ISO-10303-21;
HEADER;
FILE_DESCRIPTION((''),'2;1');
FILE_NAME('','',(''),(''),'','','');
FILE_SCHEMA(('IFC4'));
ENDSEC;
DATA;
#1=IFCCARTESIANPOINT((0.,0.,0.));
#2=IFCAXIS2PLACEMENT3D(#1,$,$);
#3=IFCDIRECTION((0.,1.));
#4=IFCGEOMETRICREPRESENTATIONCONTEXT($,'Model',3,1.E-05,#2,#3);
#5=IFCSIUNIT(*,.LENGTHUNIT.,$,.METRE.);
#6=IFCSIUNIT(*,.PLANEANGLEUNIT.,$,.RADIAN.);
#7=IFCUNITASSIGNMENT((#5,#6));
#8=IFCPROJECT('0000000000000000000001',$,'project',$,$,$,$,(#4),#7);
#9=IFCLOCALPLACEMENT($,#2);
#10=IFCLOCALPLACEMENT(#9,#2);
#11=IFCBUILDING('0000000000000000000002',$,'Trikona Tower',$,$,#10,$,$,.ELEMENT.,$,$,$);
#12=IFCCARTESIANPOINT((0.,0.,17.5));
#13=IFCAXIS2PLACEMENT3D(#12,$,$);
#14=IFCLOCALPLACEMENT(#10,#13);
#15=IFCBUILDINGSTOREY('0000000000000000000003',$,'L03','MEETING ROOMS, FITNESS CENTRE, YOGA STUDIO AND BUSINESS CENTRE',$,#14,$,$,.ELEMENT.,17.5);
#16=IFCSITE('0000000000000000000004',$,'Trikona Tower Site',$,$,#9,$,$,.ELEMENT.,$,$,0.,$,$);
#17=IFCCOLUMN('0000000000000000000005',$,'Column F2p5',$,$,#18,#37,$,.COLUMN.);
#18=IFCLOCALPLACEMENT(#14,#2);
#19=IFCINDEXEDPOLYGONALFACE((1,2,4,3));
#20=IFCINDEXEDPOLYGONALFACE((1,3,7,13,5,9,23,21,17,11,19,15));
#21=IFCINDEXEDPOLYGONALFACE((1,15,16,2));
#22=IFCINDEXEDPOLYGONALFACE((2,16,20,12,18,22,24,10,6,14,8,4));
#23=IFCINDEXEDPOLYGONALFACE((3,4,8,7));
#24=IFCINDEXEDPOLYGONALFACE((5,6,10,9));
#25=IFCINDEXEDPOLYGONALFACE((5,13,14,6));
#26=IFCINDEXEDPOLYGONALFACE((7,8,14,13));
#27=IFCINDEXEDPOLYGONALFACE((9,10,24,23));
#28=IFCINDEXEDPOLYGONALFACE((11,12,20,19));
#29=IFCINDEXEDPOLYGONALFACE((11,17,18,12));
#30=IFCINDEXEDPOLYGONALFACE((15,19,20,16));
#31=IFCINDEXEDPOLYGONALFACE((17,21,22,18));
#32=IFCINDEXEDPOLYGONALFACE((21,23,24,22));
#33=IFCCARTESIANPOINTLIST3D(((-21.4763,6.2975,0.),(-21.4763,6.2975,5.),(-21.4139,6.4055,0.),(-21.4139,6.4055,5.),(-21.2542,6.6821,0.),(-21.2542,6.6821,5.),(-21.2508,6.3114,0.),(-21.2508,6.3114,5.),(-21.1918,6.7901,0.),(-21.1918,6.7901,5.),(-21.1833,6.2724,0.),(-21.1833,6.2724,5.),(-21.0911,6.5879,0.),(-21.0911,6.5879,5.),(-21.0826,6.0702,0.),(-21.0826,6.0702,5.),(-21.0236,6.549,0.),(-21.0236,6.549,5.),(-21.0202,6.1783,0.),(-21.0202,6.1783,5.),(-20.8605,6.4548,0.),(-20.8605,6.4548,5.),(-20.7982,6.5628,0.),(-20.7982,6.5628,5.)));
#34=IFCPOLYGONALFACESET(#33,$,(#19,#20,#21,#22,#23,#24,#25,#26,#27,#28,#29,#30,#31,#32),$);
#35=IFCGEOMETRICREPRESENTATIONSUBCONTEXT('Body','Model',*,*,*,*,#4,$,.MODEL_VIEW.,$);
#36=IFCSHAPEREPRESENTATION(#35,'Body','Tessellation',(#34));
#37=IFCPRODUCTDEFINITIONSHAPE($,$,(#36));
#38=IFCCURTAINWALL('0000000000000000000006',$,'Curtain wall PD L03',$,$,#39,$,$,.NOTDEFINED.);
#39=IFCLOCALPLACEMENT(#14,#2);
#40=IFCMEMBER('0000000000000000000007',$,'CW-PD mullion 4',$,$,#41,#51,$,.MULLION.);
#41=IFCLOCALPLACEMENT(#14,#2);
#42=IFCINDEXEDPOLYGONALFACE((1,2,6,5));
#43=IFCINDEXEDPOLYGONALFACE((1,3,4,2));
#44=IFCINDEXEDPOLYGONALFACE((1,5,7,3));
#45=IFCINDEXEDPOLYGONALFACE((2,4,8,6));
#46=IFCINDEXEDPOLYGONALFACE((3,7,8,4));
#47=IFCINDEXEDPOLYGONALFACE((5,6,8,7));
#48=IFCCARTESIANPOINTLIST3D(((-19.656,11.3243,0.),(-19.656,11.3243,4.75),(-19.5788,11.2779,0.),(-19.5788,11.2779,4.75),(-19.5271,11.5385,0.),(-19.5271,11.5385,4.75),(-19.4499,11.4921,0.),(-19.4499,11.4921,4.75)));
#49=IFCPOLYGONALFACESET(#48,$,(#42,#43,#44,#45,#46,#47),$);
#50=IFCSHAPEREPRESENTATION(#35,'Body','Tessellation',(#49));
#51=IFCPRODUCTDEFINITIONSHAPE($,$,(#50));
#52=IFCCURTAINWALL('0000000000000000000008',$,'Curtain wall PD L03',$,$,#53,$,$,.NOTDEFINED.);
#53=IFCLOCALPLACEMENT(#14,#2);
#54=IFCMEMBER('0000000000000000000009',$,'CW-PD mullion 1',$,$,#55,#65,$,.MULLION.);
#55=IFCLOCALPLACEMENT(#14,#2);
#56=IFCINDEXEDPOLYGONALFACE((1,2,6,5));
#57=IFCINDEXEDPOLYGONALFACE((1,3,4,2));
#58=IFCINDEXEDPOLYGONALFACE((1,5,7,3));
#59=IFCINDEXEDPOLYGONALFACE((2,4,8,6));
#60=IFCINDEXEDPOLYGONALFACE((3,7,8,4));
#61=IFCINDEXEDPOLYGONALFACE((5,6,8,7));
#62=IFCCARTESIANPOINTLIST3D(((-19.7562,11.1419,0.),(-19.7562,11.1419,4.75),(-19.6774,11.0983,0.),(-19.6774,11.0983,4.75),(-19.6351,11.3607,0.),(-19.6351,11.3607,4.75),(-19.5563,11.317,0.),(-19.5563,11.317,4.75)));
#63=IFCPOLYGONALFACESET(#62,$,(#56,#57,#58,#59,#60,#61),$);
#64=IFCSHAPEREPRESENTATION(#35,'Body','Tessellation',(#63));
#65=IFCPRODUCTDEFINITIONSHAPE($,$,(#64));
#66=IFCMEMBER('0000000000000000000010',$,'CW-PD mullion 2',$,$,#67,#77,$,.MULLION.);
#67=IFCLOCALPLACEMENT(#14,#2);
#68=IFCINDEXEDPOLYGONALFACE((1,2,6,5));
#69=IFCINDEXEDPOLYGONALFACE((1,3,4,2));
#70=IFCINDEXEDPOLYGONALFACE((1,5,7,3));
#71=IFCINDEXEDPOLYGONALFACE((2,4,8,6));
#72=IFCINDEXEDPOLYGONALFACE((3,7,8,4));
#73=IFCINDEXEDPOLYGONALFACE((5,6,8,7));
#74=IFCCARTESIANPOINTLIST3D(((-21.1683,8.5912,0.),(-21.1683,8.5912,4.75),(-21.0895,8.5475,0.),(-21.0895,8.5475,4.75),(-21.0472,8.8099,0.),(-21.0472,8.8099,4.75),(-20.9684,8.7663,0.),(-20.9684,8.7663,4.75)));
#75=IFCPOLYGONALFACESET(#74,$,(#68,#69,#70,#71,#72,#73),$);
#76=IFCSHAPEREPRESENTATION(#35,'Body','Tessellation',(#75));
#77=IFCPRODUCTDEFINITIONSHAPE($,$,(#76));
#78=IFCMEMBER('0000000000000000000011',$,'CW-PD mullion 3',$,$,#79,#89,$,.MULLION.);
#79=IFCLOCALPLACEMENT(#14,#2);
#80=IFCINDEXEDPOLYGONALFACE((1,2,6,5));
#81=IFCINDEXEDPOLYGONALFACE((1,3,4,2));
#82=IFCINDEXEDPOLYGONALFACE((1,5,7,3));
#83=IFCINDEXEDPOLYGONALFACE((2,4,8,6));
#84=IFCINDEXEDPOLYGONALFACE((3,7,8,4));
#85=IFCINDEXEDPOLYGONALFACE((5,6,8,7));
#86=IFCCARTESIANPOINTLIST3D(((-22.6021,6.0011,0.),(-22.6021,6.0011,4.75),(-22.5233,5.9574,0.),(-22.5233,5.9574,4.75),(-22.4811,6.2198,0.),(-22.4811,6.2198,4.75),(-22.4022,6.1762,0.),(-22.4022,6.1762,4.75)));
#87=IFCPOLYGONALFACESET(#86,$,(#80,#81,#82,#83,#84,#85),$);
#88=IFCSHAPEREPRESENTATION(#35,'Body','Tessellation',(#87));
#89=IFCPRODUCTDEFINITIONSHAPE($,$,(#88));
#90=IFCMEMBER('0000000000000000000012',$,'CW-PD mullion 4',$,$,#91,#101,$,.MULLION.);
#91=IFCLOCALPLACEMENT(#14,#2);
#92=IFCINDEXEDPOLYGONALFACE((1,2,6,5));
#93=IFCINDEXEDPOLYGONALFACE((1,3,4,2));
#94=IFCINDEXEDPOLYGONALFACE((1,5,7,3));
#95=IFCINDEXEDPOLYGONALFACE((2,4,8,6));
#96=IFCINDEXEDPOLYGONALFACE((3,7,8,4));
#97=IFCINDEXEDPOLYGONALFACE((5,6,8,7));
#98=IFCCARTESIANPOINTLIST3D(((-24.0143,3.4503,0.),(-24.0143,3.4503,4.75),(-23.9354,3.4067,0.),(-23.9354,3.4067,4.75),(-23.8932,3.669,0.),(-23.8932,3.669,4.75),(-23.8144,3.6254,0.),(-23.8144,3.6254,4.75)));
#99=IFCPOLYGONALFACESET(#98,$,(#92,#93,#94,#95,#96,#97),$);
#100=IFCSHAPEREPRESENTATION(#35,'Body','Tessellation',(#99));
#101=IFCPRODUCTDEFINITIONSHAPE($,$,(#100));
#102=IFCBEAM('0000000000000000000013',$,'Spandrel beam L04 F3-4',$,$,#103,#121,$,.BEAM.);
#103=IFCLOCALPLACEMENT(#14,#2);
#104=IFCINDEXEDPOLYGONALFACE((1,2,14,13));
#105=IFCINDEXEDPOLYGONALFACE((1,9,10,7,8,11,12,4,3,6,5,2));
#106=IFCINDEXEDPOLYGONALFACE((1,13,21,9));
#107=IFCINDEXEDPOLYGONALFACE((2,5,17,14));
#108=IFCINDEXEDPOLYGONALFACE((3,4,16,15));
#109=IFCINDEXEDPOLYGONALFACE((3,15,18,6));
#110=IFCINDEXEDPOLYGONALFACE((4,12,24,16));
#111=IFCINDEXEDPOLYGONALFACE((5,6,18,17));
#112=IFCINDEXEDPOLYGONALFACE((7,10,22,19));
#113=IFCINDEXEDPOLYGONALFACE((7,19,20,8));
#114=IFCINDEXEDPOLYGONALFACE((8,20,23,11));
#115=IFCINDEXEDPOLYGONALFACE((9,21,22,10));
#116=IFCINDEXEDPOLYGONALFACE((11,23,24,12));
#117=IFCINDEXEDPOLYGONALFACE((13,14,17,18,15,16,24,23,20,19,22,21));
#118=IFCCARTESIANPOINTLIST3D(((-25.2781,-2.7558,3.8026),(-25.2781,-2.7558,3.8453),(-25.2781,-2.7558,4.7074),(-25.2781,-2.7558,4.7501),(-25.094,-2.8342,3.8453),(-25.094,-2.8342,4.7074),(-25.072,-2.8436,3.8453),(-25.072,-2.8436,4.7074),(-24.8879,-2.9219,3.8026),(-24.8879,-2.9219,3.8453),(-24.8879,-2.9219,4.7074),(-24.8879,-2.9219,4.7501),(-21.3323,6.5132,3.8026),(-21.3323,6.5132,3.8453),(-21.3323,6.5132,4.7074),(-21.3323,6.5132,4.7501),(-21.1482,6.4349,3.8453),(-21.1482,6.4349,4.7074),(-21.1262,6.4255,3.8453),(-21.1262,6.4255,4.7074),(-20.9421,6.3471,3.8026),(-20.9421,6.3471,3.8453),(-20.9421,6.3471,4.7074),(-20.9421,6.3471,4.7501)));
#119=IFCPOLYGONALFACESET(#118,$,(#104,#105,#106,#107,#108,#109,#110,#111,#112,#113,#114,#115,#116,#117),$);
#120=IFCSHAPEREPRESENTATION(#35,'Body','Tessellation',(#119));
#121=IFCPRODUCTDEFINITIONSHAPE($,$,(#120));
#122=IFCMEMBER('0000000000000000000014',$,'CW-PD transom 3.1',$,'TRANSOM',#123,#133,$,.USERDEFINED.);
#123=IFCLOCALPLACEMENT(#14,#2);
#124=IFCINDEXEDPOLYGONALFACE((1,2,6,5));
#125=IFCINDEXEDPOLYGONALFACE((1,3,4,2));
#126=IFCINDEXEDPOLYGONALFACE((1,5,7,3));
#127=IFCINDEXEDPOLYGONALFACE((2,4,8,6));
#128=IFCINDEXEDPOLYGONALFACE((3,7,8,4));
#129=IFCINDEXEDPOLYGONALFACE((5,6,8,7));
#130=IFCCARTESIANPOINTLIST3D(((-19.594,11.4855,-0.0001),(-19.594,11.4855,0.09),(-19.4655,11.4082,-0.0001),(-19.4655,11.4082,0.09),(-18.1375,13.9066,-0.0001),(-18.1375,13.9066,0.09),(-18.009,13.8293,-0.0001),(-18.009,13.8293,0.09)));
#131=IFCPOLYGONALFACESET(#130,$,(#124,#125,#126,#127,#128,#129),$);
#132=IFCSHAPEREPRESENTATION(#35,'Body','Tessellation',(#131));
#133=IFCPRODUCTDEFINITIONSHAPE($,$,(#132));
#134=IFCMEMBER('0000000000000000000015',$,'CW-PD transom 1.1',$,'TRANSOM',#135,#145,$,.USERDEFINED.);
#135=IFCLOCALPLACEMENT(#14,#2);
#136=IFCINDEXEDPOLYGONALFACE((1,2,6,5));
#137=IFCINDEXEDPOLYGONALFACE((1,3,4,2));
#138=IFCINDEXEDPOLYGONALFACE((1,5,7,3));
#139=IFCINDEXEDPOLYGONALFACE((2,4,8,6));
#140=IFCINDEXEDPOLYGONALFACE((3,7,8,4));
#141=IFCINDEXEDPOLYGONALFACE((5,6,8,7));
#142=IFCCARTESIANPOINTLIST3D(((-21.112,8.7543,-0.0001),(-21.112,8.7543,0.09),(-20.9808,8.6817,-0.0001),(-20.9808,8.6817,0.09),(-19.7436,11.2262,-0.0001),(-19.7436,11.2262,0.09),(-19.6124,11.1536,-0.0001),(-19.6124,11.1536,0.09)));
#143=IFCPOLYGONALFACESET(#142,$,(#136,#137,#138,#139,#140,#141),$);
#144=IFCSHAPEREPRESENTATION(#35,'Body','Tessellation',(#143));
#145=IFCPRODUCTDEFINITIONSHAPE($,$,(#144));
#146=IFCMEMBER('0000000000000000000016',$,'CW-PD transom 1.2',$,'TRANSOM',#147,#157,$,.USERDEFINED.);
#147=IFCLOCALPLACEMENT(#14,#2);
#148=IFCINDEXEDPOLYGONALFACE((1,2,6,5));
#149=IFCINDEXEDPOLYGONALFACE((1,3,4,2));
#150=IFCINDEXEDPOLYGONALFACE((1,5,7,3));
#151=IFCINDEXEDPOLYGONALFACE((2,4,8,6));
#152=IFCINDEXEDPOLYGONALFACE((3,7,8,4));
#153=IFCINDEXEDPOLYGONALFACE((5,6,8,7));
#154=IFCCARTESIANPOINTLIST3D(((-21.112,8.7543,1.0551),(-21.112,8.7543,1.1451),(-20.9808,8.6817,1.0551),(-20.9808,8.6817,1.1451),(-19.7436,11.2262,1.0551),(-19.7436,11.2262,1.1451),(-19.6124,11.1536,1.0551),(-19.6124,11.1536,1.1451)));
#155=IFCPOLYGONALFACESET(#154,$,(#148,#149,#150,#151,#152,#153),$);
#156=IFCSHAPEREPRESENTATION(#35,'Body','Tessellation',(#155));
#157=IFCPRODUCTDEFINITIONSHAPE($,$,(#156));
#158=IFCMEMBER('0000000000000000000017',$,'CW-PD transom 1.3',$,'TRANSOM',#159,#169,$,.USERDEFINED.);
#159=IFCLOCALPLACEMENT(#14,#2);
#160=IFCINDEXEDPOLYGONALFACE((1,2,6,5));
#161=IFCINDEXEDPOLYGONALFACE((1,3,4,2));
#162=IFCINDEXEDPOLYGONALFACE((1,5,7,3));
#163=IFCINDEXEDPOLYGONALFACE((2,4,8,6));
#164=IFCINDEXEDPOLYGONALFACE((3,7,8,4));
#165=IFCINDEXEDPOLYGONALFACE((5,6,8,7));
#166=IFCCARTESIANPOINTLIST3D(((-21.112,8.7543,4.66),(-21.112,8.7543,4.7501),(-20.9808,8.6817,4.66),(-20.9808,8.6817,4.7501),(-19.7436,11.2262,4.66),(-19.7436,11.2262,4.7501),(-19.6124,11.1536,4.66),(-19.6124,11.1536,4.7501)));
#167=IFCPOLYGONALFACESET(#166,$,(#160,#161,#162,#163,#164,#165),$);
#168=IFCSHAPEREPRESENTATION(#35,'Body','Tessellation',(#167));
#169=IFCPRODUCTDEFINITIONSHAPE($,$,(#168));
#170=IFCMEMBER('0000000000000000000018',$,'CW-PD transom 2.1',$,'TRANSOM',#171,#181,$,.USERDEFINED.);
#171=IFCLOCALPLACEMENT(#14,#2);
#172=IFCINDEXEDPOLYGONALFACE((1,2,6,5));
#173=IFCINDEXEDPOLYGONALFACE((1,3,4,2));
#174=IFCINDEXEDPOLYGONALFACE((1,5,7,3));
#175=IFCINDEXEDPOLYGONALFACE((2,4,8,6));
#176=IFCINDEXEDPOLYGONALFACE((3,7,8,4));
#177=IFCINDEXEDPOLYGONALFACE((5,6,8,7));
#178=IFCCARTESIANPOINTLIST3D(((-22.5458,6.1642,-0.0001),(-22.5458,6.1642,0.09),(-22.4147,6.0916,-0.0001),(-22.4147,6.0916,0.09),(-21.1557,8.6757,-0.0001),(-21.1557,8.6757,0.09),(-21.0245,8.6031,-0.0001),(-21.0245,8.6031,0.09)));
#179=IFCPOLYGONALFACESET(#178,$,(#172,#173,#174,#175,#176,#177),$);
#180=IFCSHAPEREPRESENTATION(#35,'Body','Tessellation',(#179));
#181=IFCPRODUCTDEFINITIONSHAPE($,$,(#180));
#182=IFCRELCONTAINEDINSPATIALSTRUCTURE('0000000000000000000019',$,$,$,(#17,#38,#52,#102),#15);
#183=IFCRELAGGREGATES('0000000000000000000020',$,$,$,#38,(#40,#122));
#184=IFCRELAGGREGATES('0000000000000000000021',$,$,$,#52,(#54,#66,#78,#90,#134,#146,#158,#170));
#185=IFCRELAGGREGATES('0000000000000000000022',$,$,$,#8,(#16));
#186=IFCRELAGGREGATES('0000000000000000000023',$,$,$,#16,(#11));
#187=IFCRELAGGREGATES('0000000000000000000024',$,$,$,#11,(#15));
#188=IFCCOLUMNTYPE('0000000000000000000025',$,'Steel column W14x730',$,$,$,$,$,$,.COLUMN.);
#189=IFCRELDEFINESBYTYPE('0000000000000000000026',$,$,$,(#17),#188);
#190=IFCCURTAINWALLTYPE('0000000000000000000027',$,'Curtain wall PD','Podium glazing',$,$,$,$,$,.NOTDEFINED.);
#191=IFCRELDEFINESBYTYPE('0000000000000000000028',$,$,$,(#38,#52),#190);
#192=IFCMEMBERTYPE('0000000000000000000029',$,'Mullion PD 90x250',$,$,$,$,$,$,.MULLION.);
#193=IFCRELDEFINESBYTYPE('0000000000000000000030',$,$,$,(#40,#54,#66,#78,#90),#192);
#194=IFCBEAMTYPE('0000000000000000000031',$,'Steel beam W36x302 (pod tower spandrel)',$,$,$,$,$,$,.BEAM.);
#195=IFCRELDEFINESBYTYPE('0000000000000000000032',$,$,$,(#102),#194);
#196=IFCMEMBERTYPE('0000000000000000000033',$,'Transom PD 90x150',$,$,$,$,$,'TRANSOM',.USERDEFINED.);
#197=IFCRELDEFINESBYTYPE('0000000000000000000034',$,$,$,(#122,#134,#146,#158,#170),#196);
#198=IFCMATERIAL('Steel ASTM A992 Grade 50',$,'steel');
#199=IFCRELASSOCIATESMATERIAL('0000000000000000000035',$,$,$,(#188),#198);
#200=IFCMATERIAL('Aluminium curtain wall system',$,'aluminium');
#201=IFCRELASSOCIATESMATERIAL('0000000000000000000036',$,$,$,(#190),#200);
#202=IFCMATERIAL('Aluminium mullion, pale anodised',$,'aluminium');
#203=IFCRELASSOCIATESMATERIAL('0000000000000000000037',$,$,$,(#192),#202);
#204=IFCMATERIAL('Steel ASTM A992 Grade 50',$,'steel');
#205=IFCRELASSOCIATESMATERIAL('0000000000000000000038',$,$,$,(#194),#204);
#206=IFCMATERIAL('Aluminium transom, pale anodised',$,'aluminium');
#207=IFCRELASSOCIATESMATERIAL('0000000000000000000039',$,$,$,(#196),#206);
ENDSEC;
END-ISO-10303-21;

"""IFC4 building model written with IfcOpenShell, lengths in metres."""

from ifc_helpers import new_model, si_unit, direction, frame, origin, origin_2d, place, context, subcontext, project, spatial, rectangle, i_section, extrude, material, material_profile, profile_set, type_object, element, aggregate, save


model = new_model("IFC4")

# Units and contexts
model_context = context("Model", 3, precision=1e-05, world=origin(), true_north=direction((0.0, 1.0)))
body_context = subcontext(model_context, "Body", "Model", "MODEL_VIEW")
ifc_project = project(units=[si_unit("LENGTHUNIT", "METRE"), si_unit("PLANEANGLEUNIT", "RADIAN")], contexts=[model_context])

# Site, building, storey
site_placement = place(None, origin())
site = spatial("IfcSite", under=ifc_project, at=site_placement, Name="Trikona Tower Site", CompositionType="ELEMENT", RefElevation=0.0)
building_placement = place(site_placement, origin())
building = spatial("IfcBuilding", under=site, at=building_placement, Name="Trikona Tower", CompositionType="ELEMENT")
storey_placement = place(building_placement, frame((0.0, 0.0, 17.5)))
storey = spatial("IfcBuildingStorey", under=building, at=storey_placement, Name="L03", Description="MEETING ROOMS, FITNESS CENTRE, YOGA STUDIO AND BUSINESS CENTRE", CompositionType="ELEMENT", Elevation=17.5)

# Column
ifc_material_1 = material(Name="Steel ASTM A992 Grade 50", Category="steel")
ifc_material_profile_1 = material_profile(ifc_material_1, i_section(OverallWidth=0.4546, OverallDepth=0.5688, WebThickness=0.0779, FlangeThickness=0.1248, at=origin_2d()), Name="W14X730")
ifc_profile_set_1 = profile_set([ifc_material_profile_1], Name="Steel ASTM A992 Grade 50")
column_type = type_object("IfcColumnType", Name="Steel column W14x730", PredefinedType="COLUMN", material=ifc_profile_set_1)
column_placement = place(storey_placement, frame((-21.1372, 6.4302, 0.0), z_axis=(0.0, 0.0, 1.0), x_axis=(-0.866025, 0.5, 0.0)))
element("IfcColumn", 1, at=column_placement, inside=storey, type_object=column_type, Name="Column F2p5", PredefinedType="COLUMN", context=body_context, shape_type="SweptSolid", body=[
    extrude(i_section(OverallWidth=0.4546, OverallDepth=0.5688, WebThickness=0.0779, FlangeThickness=0.1248, at=origin_2d()), origin(), (0.0, 0.0, 1.0), 5.0),
])

# Curtain wall, member
ifc_material_2 = material(Name="Aluminium curtain wall system", Category="aluminium")
curtain_wall_type = type_object("IfcCurtainWallType", Name="Curtain wall PD", Description="Podium glazing", PredefinedType="NOTDEFINED", material=ifc_material_2)
curtain_wall_1_placement = place(storey_placement, origin())
curtain_wall_1 = element("IfcCurtainWall", 2, at=curtain_wall_1_placement, inside=storey, type_object=curtain_wall_type, Name="Curtain wall PD L03", PredefinedType="NOTDEFINED")
ifc_material_3 = material(Name="Aluminium mullion, pale anodised", Category="aluminium")
ifc_material_profile_2 = material_profile(ifc_material_3, rectangle(XDim=0.0901, YDim=0.25, at=origin_2d()), Name="MUL-PD")
ifc_profile_set_2 = profile_set([ifc_material_profile_2], Name="Aluminium mullion, pale anodised")
member_type_1 = type_object("IfcMemberType", Name="Mullion PD 90x250", PredefinedType="MULLION", material=ifc_profile_set_2)
member_1_placement = place(storey_placement, frame((-19.553, 11.4082, 0.0), z_axis=(0.0, 0.0, 1.0), x_axis=(0.85688, -0.515515, 0.0)))
member_1 = element("IfcMember", 3, at=member_1_placement, type_object=member_type_1, Name="CW-PD mullion 4", PredefinedType="MULLION", context=body_context, shape_type="SweptSolid", body=[
    extrude(rectangle(XDim=0.0901, YDim=0.25, at=origin_2d()), origin(), (0.0, 0.0, 1.0), 4.75),
])

# Curtain wall, members
curtain_wall_2_placement = place(storey_placement, origin())
curtain_wall_2 = element("IfcCurtainWall", 4, at=curtain_wall_2_placement, inside=storey, type_object=curtain_wall_type, Name="Curtain wall PD L03", PredefinedType="NOTDEFINED")
member_2_placement = place(storey_placement, frame((-19.6562, 11.2295, 0.0), z_axis=(0.0, 0.0, 1.0), x_axis=(0.874884, -0.484332, 0.0)))
member_2 = element("IfcMember", 5, at=member_2_placement, type_object=member_type_1, Name="CW-PD mullion 1", PredefinedType="MULLION", context=body_context, shape_type="SweptSolid", body=[
    extrude(rectangle(XDim=0.0901, YDim=0.25, at=origin_2d()), origin(), (0.0, 0.0, 1.0), 4.75),
])
member_3_placement = place(storey_placement, frame((-21.0684, 8.6787, 0.0), z_axis=(0.0, 0.0, 1.0), x_axis=(0.874884, -0.484332, 0.0)))
member_3 = element("IfcMember", 6, at=member_3_placement, type_object=member_type_1, Name="CW-PD mullion 2", PredefinedType="MULLION", context=body_context, shape_type="SweptSolid", body=[
    extrude(rectangle(XDim=0.0901, YDim=0.25, at=origin_2d()), origin(), (0.0, 0.0, 1.0), 4.75),
])
member_4_placement = place(storey_placement, frame((-22.5022, 6.0886, 0.0), z_axis=(0.0, 0.0, 1.0), x_axis=(0.874884, -0.484332, 0.0)))
member_4 = element("IfcMember", 7, at=member_4_placement, type_object=member_type_1, Name="CW-PD mullion 3", PredefinedType="MULLION", context=body_context, shape_type="SweptSolid", body=[
    extrude(rectangle(XDim=0.0901, YDim=0.25, at=origin_2d()), origin(), (0.0, 0.0, 1.0), 4.75),
])
member_5_placement = place(storey_placement, frame((-23.9143, 3.5378, 0.0), z_axis=(0.0, 0.0, 1.0), x_axis=(0.874884, -0.484332, 0.0)))
member_5 = element("IfcMember", 8, at=member_5_placement, type_object=member_type_1, Name="CW-PD mullion 4", PredefinedType="MULLION", context=body_context, shape_type="SweptSolid", body=[
    extrude(rectangle(XDim=0.0901, YDim=0.25, at=origin_2d()), origin(), (0.0, 0.0, 1.0), 4.75),
])

# Beam
ifc_material_4 = material(Name="Steel ASTM A992 Grade 50", Category="steel")
ifc_material_profile_3 = material_profile(ifc_material_4, i_section(OverallWidth=0.4241, OverallDepth=0.9475, WebThickness=0.0239, FlangeThickness=0.0427, at=origin_2d()), Name="W36X302")
ifc_profile_set_3 = profile_set([ifc_material_profile_3], Name="Steel ASTM A992 Grade 50")
beam_type = type_object("IfcBeamType", Name="Steel beam W36x302 (pod tower spandrel)", PredefinedType="BEAM", material=ifc_profile_set_3)
beam_placement = place(storey_placement, frame((-21.1372, 6.4302, 4.2764), z_axis=(-0.391684, -0.9201, 0.0), x_axis=(0.9201, -0.391684, 0.0)))
element("IfcBeam", 9, at=beam_placement, inside=storey, type_object=beam_type, Name="Spandrel beam L04 F3-4", PredefinedType="BEAM", context=body_context, shape_type="SweptSolid", body=[
    extrude(i_section(OverallWidth=0.4241, OverallDepth=0.9475, WebThickness=0.0239, FlangeThickness=0.0427, at=origin_2d()), origin(), (0.0, 0.0, 1.0), 10.074),
])

# Members
ifc_material_5 = material(Name="Aluminium transom, pale anodised", Category="aluminium")
ifc_material_profile_4 = material_profile(ifc_material_5, rectangle(XDim=0.1499, YDim=0.0901, at=origin_2d()), Name="TRN-PD")
ifc_profile_set_4 = profile_set([ifc_material_profile_4], Name="Aluminium transom, pale anodised")
member_type_2 = type_object("IfcMemberType", Name="Transom PD 90x150", ElementType="TRANSOM", PredefinedType="USERDEFINED", material=ifc_profile_set_4)
member_6_placement = place(storey_placement, frame((-18.0732, 13.8679, 0.0449), z_axis=(-0.515499, -0.85689, 0.0), x_axis=(0.85689, -0.515499, 0.0)))
member_6 = element("IfcMember", 10, at=member_6_placement, type_object=member_type_2, Name="CW-PD transom 3.1", ObjectType="TRANSOM", PredefinedType="USERDEFINED", context=body_context, shape_type="SweptSolid", body=[
    extrude(rectangle(XDim=0.1499, YDim=0.0901, at=origin_2d()), origin(), (0.0, 0.0, 1.0), 2.8254),
])
member_7_placement = place(storey_placement, frame((-19.678, 11.1899, 0.0449), z_axis=(-0.484322, -0.87489, 0.0), x_axis=(0.87489, -0.484322, 0.0)))
member_7 = element("IfcMember", 11, at=member_7_placement, type_object=member_type_2, Name="CW-PD transom 1.1", ObjectType="TRANSOM", PredefinedType="USERDEFINED", context=body_context, shape_type="SweptSolid", body=[
    extrude(rectangle(XDim=0.1499, YDim=0.0901, at=origin_2d()), origin(), (0.0, 0.0, 1.0), 2.8254),
])
member_8_placement = place(storey_placement, frame((-19.678, 11.1899, 1.1001), z_axis=(-0.484322, -0.87489, 0.0), x_axis=(0.87489, -0.484322, 0.0)))
member_8 = element("IfcMember", 12, at=member_8_placement, type_object=member_type_2, Name="CW-PD transom 1.2", ObjectType="TRANSOM", PredefinedType="USERDEFINED", context=body_context, shape_type="SweptSolid", body=[
    extrude(rectangle(XDim=0.1499, YDim=0.0901, at=origin_2d()), origin(), (0.0, 0.0, 1.0), 2.8254),
])
member_9_placement = place(storey_placement, frame((-19.678, 11.1899, 4.7051), z_axis=(-0.484322, -0.87489, 0.0), x_axis=(0.87489, -0.484322, 0.0)))
member_9 = element("IfcMember", 13, at=member_9_placement, type_object=member_type_2, Name="CW-PD transom 1.3", ObjectType="TRANSOM", PredefinedType="USERDEFINED", context=body_context, shape_type="SweptSolid", body=[
    extrude(rectangle(XDim=0.1499, YDim=0.0901, at=origin_2d()), origin(), (0.0, 0.0, 1.0), 2.8254),
])
member_10_placement = place(storey_placement, frame((-21.0901, 8.6394, 0.0449), z_axis=(-0.484278, -0.874914, 0.0), x_axis=(0.874914, -0.484278, 0.0)))
member_10 = element("IfcMember", 14, at=member_10_placement, type_object=member_type_2, Name="CW-PD transom 2.1", ObjectType="TRANSOM", PredefinedType="USERDEFINED", context=body_context, shape_type="SweptSolid", body=[
    extrude(rectangle(XDim=0.1499, YDim=0.0901, at=origin_2d()), origin(), (0.0, 0.0, 1.0), 2.8706),
])

aggregate(curtain_wall_1, [member_1, member_6])
aggregate(curtain_wall_2, [member_2, member_3, member_4, member_5, member_7, member_8, member_9, member_10])

save(model, "model.ifc")
